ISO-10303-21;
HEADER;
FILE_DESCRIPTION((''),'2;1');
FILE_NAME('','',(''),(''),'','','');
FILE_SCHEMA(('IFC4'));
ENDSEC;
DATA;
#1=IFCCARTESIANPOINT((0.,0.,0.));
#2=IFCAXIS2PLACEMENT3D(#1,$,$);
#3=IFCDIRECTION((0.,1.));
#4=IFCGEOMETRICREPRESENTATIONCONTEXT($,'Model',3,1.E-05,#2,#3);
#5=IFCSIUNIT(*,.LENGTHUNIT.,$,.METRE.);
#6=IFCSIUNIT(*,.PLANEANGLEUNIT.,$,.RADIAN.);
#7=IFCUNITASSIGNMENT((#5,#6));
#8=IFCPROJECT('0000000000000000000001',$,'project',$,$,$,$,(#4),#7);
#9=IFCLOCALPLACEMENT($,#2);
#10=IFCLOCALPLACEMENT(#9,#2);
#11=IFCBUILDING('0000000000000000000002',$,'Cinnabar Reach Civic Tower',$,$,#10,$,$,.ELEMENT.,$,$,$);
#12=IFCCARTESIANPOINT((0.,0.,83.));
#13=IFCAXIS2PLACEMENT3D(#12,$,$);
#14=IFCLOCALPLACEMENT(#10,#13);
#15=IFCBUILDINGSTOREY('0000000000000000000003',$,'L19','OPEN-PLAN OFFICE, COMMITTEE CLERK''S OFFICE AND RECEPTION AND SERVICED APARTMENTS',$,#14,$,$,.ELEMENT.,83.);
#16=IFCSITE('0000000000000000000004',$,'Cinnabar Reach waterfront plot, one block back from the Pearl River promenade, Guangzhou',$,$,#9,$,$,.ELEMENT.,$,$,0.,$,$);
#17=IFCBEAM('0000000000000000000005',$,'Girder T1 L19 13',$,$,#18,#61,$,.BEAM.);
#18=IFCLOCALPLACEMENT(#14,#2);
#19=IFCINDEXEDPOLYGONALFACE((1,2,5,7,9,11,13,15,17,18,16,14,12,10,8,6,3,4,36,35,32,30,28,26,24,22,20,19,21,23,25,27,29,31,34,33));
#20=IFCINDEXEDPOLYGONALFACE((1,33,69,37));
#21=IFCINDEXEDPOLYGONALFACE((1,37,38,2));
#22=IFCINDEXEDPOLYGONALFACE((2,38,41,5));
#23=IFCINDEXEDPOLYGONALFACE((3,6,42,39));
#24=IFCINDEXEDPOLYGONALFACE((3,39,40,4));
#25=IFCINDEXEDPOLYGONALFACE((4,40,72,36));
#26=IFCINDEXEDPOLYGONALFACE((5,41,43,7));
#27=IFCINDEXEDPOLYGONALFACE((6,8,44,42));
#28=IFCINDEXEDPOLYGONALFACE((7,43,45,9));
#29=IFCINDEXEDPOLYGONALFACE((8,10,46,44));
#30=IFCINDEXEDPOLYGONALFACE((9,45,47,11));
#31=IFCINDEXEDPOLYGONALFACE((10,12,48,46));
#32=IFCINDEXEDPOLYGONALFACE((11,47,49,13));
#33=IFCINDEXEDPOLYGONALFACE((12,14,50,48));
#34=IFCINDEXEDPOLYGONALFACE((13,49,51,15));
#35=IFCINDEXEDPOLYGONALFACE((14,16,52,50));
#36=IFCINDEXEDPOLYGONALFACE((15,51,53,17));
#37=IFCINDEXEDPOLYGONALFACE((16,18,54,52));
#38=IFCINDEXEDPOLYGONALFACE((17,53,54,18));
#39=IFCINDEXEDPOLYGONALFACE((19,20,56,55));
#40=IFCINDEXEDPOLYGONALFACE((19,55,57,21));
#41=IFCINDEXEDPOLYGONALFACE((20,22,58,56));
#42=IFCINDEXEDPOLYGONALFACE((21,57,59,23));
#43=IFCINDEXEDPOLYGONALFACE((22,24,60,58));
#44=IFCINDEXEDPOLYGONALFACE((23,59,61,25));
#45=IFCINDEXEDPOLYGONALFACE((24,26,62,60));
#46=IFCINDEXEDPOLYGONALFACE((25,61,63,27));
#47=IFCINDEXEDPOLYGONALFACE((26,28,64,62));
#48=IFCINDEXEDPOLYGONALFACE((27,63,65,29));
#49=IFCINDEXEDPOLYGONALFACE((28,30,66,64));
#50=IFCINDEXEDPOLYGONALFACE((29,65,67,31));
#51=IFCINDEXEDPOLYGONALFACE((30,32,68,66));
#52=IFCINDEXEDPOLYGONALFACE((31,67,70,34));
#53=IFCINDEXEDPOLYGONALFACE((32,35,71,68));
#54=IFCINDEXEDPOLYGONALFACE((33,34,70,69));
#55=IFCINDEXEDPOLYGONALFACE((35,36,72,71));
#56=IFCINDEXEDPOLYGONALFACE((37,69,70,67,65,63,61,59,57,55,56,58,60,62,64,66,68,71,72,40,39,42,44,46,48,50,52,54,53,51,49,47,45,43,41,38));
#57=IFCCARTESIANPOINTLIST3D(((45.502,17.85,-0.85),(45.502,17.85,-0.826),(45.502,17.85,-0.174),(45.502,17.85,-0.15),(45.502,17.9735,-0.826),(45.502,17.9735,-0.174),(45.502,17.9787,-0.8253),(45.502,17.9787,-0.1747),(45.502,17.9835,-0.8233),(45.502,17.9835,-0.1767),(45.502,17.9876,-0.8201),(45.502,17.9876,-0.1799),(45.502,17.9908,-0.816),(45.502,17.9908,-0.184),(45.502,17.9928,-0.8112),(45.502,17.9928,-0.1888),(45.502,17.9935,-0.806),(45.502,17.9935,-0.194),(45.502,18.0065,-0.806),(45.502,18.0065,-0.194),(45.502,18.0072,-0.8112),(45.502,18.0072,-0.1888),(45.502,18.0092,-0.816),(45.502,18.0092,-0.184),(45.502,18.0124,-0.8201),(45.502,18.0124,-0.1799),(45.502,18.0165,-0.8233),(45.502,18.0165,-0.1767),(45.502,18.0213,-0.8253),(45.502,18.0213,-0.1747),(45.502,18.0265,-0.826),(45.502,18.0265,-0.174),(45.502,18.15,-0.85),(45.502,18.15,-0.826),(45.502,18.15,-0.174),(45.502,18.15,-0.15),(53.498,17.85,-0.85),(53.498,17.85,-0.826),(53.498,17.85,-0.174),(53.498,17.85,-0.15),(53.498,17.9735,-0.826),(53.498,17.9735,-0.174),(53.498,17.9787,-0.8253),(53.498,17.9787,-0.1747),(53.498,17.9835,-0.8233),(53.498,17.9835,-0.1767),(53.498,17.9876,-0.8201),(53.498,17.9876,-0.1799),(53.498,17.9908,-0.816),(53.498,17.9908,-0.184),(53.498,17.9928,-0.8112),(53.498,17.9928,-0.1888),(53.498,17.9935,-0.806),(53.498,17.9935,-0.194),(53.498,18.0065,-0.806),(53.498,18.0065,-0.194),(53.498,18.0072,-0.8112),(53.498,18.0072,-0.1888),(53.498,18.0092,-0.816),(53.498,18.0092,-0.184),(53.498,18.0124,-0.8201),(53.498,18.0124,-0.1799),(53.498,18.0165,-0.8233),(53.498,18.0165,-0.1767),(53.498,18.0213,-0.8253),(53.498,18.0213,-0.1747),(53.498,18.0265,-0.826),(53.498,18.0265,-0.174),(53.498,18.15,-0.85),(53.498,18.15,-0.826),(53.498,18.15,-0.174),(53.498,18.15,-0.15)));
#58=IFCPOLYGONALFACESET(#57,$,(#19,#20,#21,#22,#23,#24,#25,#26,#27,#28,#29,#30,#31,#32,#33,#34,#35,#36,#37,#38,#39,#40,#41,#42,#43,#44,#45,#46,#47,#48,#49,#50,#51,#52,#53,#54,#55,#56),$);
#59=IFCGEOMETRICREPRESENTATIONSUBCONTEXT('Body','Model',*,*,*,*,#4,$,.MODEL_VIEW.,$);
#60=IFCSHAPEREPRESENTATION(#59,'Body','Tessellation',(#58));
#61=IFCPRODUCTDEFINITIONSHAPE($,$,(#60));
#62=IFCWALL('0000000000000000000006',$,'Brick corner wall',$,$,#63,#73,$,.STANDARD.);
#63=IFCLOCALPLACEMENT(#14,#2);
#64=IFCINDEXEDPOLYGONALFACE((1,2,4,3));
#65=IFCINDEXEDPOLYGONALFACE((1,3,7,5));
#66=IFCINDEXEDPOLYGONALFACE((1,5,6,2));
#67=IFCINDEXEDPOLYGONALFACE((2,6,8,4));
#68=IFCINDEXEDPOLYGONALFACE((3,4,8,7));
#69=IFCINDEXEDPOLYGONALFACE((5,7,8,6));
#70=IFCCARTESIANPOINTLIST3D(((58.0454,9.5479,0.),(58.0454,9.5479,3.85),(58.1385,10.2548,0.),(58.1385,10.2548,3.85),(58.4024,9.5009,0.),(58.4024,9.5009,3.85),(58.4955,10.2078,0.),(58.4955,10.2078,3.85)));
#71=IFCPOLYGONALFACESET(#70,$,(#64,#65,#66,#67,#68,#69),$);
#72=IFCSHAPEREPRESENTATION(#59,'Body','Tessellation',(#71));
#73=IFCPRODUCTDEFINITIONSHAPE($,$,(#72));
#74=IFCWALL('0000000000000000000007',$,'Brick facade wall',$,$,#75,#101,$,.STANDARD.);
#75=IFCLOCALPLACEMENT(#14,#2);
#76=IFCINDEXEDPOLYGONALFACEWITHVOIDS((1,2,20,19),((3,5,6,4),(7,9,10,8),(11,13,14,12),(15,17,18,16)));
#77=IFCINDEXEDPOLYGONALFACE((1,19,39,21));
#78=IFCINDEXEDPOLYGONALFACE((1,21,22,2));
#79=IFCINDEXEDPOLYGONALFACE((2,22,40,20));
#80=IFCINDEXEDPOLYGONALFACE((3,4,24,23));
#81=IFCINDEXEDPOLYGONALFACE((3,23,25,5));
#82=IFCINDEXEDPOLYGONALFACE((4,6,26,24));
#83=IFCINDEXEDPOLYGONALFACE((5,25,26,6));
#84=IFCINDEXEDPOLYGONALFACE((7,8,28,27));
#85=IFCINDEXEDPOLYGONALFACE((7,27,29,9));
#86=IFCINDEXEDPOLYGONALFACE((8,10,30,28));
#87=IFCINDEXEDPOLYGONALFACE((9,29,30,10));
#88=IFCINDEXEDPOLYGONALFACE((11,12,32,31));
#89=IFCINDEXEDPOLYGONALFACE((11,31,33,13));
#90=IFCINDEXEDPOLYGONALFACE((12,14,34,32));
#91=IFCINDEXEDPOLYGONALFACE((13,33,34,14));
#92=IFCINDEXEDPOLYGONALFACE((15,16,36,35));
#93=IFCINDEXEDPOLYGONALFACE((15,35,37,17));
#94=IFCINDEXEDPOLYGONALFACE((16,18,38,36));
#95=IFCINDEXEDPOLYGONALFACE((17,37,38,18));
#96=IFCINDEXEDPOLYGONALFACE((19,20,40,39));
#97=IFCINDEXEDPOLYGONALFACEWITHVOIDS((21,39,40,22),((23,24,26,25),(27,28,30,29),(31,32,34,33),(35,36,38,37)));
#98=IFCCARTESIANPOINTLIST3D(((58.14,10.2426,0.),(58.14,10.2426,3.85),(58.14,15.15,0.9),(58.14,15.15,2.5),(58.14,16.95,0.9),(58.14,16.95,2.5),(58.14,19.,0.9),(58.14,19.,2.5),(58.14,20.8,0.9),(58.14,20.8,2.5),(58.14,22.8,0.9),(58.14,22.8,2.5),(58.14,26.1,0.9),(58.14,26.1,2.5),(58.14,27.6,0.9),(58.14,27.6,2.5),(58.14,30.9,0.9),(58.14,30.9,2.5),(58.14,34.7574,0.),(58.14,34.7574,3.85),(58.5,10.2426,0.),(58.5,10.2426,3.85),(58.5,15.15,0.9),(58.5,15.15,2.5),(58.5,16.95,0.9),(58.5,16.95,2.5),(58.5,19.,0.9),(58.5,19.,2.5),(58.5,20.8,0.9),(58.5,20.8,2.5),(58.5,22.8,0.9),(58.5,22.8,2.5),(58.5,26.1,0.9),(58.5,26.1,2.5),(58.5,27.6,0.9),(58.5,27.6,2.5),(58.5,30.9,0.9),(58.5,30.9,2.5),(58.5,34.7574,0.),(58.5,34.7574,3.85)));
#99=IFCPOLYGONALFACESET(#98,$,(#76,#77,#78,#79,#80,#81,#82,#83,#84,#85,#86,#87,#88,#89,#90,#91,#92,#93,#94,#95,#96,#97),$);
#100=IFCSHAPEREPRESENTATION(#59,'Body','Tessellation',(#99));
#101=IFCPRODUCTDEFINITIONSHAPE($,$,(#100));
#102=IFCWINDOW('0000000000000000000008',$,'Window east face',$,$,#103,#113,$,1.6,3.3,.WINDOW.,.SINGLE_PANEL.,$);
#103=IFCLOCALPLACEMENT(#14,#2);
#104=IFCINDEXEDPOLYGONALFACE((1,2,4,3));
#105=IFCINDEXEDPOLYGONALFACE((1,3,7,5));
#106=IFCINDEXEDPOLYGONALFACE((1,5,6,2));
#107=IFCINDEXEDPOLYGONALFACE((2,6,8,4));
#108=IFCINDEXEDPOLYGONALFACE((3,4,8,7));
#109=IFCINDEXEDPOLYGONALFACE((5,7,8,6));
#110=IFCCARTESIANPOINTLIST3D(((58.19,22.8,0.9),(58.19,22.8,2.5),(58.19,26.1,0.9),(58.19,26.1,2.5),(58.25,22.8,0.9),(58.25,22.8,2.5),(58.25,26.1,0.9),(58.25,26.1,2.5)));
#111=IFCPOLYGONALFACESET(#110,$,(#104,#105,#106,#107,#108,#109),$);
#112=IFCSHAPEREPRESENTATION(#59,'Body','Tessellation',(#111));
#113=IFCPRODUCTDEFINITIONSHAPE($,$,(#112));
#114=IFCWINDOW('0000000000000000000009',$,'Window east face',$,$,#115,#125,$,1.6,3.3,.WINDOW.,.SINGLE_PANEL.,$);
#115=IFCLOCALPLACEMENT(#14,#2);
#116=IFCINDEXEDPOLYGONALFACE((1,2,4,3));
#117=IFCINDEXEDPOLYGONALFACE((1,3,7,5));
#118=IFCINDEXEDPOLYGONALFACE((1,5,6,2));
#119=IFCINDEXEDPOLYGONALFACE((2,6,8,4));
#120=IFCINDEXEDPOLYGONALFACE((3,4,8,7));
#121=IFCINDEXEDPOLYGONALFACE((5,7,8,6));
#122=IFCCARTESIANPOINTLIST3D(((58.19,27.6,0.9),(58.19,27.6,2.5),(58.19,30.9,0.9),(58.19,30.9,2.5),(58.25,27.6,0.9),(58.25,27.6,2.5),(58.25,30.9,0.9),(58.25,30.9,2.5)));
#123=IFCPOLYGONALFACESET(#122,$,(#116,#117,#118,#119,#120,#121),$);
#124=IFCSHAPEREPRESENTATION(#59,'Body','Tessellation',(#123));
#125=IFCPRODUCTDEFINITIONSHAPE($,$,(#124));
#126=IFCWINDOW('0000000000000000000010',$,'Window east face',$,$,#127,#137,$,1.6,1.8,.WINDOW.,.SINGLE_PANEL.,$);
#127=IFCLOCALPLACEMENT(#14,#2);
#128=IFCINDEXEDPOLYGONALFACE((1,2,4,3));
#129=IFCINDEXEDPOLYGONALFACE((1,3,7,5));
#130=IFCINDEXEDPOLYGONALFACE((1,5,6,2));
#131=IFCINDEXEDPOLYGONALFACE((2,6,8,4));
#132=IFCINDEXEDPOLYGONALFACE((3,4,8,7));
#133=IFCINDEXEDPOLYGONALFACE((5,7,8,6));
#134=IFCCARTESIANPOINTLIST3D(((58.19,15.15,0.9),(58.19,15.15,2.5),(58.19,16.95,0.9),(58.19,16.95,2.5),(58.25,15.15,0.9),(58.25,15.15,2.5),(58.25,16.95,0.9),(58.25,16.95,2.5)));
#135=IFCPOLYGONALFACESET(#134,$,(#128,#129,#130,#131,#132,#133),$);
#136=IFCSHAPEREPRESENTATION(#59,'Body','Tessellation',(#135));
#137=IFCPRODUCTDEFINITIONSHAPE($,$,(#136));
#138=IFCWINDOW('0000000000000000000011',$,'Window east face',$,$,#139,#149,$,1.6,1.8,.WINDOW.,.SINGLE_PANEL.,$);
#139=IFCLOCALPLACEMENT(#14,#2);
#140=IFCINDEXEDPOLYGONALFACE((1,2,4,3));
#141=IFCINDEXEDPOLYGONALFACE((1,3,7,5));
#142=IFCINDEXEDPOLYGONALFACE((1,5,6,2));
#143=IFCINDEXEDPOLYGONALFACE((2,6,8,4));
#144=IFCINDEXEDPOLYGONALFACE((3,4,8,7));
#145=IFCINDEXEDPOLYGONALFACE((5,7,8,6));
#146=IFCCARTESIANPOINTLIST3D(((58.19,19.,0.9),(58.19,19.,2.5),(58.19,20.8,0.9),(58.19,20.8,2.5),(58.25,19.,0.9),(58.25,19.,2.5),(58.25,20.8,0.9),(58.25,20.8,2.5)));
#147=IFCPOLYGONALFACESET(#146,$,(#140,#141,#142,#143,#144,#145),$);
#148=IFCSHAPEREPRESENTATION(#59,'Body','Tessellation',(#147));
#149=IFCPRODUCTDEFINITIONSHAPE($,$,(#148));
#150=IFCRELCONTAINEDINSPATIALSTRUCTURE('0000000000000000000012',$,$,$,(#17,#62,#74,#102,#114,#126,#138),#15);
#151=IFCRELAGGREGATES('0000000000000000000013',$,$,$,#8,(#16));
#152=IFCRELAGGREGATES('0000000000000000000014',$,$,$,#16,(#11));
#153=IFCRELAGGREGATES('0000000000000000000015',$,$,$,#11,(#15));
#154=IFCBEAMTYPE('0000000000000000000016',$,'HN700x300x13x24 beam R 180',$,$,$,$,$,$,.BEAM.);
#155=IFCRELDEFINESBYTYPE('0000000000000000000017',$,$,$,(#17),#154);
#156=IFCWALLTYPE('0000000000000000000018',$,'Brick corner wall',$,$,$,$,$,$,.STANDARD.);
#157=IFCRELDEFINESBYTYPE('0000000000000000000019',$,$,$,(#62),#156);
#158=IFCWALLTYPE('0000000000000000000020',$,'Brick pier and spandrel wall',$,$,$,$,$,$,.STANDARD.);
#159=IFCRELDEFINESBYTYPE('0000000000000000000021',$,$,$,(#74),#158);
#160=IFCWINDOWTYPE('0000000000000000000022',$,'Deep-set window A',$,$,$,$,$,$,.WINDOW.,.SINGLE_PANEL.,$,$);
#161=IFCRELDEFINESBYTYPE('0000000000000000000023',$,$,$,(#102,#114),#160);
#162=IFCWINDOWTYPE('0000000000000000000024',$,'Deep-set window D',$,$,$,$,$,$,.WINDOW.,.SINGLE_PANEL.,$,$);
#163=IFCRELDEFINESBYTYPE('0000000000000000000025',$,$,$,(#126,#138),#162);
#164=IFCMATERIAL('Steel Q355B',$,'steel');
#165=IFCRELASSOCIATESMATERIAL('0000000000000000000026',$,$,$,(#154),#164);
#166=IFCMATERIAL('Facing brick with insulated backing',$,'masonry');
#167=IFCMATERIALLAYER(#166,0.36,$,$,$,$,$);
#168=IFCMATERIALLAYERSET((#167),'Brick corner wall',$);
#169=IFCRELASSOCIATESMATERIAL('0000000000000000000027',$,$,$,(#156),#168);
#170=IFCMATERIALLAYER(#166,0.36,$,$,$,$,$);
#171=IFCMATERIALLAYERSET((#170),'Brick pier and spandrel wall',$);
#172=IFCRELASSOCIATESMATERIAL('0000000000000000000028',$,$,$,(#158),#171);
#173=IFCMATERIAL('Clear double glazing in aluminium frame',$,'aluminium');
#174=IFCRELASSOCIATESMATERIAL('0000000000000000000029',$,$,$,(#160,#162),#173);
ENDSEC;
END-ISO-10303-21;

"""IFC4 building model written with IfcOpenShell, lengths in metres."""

from ifc_helpers import new_model, si_unit, direction, frame, frame_2d, origin, origin_2d, place, context, subcontext, project, spatial, rectangle, i_section, extrude, material, layer, layer_set, material_profile, profile_set, type_object, element, fill, save


model = new_model("IFC4")

# Units and contexts
model_context = context("Model", 3, precision=1e-05, world=origin(), true_north=direction((0.0, 1.0)))
body_context = subcontext(model_context, "Body", "Model", "MODEL_VIEW")
ifc_project = project(units=[si_unit("LENGTHUNIT", "METRE"), si_unit("PLANEANGLEUNIT", "RADIAN")], contexts=[model_context])

# Site, building, storey
site_placement = place(None, origin())
site = spatial("IfcSite", under=ifc_project, at=site_placement, Name="Cinnabar Reach waterfront plot, one block back from the Pearl River promenade, Guangzhou", CompositionType="ELEMENT", RefElevation=0.0)
building_placement = place(site_placement, origin())
building = spatial("IfcBuilding", under=site, at=building_placement, Name="Cinnabar Reach Civic Tower", CompositionType="ELEMENT")
storey_placement = place(building_placement, frame((0.0, 0.0, 83.0)))
storey = spatial("IfcBuildingStorey", under=building, at=storey_placement, Name="L19", Description="OPEN-PLAN OFFICE, COMMITTEE CLERK'S OFFICE AND RECEPTION AND SERVICED APARTMENTS", CompositionType="ELEMENT", Elevation=83.0)

# Beam
ifc_material_1 = material(Name="Steel Q355B", Category="steel")
ifc_material_profile_1 = material_profile(ifc_material_1, i_section(OverallWidth=0.3, OverallDepth=0.7, WebThickness=0.013, FlangeThickness=0.024, FilletRadius=0.02, at=origin_2d()), Name="HN700x300x13x24")
ifc_profile_set_1 = profile_set([ifc_material_profile_1], Name="Steel Q355B")
beam_type_1 = type_object("IfcBeamType", Name="HN700x300x13x24 beam R 180", PredefinedType="BEAM", material=ifc_profile_set_1)
beam_1_placement = place(storey_placement, frame((45.502, 18.0, -0.5), z_axis=(1.0, 0.0, 0.0), x_axis=(0.0, 1.0, 0.0)))
element("IfcBeam", 1, at=beam_1_placement, inside=storey, type_object=beam_type_1, Name="Girder T1 L19 13", PredefinedType="BEAM", context=body_context, shape_type="SweptSolid", body=[
    extrude(i_section(OverallWidth=0.3, OverallDepth=0.7, WebThickness=0.013, FlangeThickness=0.024, FilletRadius=0.02, at=origin_2d()), origin(), (0.0, 0.0, 1.0), 7.996),
])

# Wall
ifc_material_2 = material(Name="Facing brick with insulated backing", Category="masonry")
ifc_layer_1 = layer(ifc_material_2, 0.36)
ifc_layer_set_1 = layer_set([ifc_layer_1], Name="Brick corner wall")
wall_type_1 = type_object("IfcWallType", Name="Brick corner wall", PredefinedType="STANDARD", material=ifc_layer_set_1)
wall_1_placement = place(storey_placement, frame((58.2239, 9.5244, 0.0), z_axis=(0.0, 0.0, 1.0), x_axis=(0.130556, 0.991441, 0.0)))
element("IfcWall", 2, at=wall_1_placement, inside=storey, type_object=wall_type_1, Name="Brick corner wall", PredefinedType="STANDARD", context=body_context, shape_type="SweptSolid", body=[
    extrude(rectangle(XDim=0.7131, YDim=0.36, at=frame_2d((0.3565, 0.0))), origin(), (0.0, 0.0, 1.0), 3.85),
])

# Wall, openings, windows
ifc_layer_2 = layer(ifc_material_2, 0.36)
ifc_layer_set_2 = layer_set([ifc_layer_2], Name="Brick pier and spandrel wall")
wall_type_2 = type_object("IfcWallType", Name="Brick pier and spandrel wall", PredefinedType="STANDARD", material=ifc_layer_set_2)
wall_2_placement = place(storey_placement, frame((58.32, 10.2426, 0.0), z_axis=(0.0, 0.0, 1.0), x_axis=(0.0, 1.0, 0.0)))
wall_2 = element("IfcWall", 3, at=wall_2_placement, inside=storey, type_object=wall_type_2, Name="Brick facade wall", PredefinedType="STANDARD", context=body_context, shape_type="SweptSolid", body=[
    extrude(rectangle(XDim=24.5148, YDim=0.36, at=frame_2d((12.2574, 0.0))), origin(), (0.0, 0.0, 1.0), 3.85),
])
opening_1_placement = place(wall_2_placement, frame((4.9074, 0.0, 0.9)))
opening_1 = element("IfcOpeningElement", 4, at=opening_1_placement, cuts=wall_2, PredefinedType="OPENING", context=body_context, shape_type="SweptSolid", body=[
    extrude(rectangle(XDim=1.8, YDim=1.6, at=frame_2d((0.9, 0.8))), frame((0.0, 0.19, 0.0), z_axis=(0.0, -1.0, 0.0), x_axis=(1.0, 0.0, 0.0)), (0.0, 0.0, 1.0), 0.38),
])
opening_2_placement = place(wall_2_placement, frame((8.7574, 0.0, 0.9)))
opening_2 = element("IfcOpeningElement", 5, at=opening_2_placement, cuts=wall_2, PredefinedType="OPENING", context=body_context, shape_type="SweptSolid", body=[
    extrude(rectangle(XDim=1.8, YDim=1.6, at=frame_2d((0.9, 0.8))), frame((0.0, 0.19, 0.0), z_axis=(0.0, -1.0, 0.0), x_axis=(1.0, 0.0, 0.0)), (0.0, 0.0, 1.0), 0.38),
])
opening_3_placement = place(wall_2_placement, frame((12.5574, 0.0, 0.9)))
opening_3 = element("IfcOpeningElement", 6, at=opening_3_placement, cuts=wall_2, PredefinedType="OPENING", context=body_context, shape_type="SweptSolid", body=[
    extrude(rectangle(XDim=3.3, YDim=1.6, at=frame_2d((1.65, 0.8))), frame((0.0, 0.19, 0.0), z_axis=(0.0, -1.0, 0.0), x_axis=(1.0, 0.0, 0.0)), (0.0, 0.0, 1.0), 0.38),
])
opening_4_placement = place(wall_2_placement, frame((17.3574, 0.0, 0.9)))
opening_4 = element("IfcOpeningElement", 7, at=opening_4_placement, cuts=wall_2, PredefinedType="OPENING", context=body_context, shape_type="SweptSolid", body=[
    extrude(rectangle(XDim=3.3, YDim=1.6, at=frame_2d((1.65, 0.8))), frame((0.0, 0.19, 0.0), z_axis=(0.0, -1.0, 0.0), x_axis=(1.0, 0.0, 0.0)), (0.0, 0.0, 1.0), 0.38),
])
ifc_material_3 = material(Name="Clear double glazing in aluminium frame", Category="aluminium")
window_type_1 = type_object("IfcWindowType", Name="Deep-set window A", PartitioningType="SINGLE_PANEL", PredefinedType="WINDOW", material=ifc_material_3)
window_1_placement = place(opening_3_placement, origin())
window_1 = element("IfcWindow", 8, at=window_1_placement, inside=storey, type_object=window_type_1, Name="Window east face", OverallHeight=1.6, OverallWidth=3.3, PartitioningType="SINGLE_PANEL", PredefinedType="WINDOW", context=body_context, shape_type="SweptSolid", body=[
    extrude(rectangle(XDim=3.3, YDim=1.6, at=frame_2d((1.65, 0.8))), frame((0.0, 0.13, 0.0), z_axis=(0.0, -1.0, 0.0), x_axis=(1.0, 0.0, 0.0)), (0.0, 0.0, 1.0), 0.06),
])
fill(opening_3, window_1)
window_2_placement = place(opening_4_placement, origin())
window_2 = element("IfcWindow", 9, at=window_2_placement, inside=storey, type_object=window_type_1, Name="Window east face", OverallHeight=1.6, OverallWidth=3.3, PartitioningType="SINGLE_PANEL", PredefinedType="WINDOW", context=body_context, shape_type="SweptSolid", body=[
    extrude(rectangle(XDim=3.3, YDim=1.6, at=frame_2d((1.65, 0.8))), frame((0.0, 0.13, 0.0), z_axis=(0.0, -1.0, 0.0), x_axis=(1.0, 0.0, 0.0)), (0.0, 0.0, 1.0), 0.06),
])
fill(opening_4, window_2)
window_type_2 = type_object("IfcWindowType", Name="Deep-set window D", PartitioningType="SINGLE_PANEL", PredefinedType="WINDOW", material=ifc_material_3)
window_3_placement = place(opening_1_placement, origin())
window_3 = element("IfcWindow", 10, at=window_3_placement, inside=storey, type_object=window_type_2, Name="Window east face", OverallHeight=1.6, OverallWidth=1.8, PartitioningType="SINGLE_PANEL", PredefinedType="WINDOW", context=body_context, shape_type="SweptSolid", body=[
    extrude(rectangle(XDim=1.8, YDim=1.6, at=frame_2d((0.9, 0.8))), frame((0.0, 0.13, 0.0), z_axis=(0.0, -1.0, 0.0), x_axis=(1.0, 0.0, 0.0)), (0.0, 0.0, 1.0), 0.06),
])
fill(opening_1, window_3)
window_4_placement = place(opening_2_placement, origin())
window_4 = element("IfcWindow", 11, at=window_4_placement, inside=storey, type_object=window_type_2, Name="Window east face", OverallHeight=1.6, OverallWidth=1.8, PartitioningType="SINGLE_PANEL", PredefinedType="WINDOW", context=body_context, shape_type="SweptSolid", body=[
    extrude(rectangle(XDim=1.8, YDim=1.6, at=frame_2d((0.9, 0.8))), frame((0.0, 0.13, 0.0), z_axis=(0.0, -1.0, 0.0), x_axis=(1.0, 0.0, 0.0)), (0.0, 0.0, 1.0), 0.06),
])
fill(opening_2, window_4)

save(model, "model.ifc")
